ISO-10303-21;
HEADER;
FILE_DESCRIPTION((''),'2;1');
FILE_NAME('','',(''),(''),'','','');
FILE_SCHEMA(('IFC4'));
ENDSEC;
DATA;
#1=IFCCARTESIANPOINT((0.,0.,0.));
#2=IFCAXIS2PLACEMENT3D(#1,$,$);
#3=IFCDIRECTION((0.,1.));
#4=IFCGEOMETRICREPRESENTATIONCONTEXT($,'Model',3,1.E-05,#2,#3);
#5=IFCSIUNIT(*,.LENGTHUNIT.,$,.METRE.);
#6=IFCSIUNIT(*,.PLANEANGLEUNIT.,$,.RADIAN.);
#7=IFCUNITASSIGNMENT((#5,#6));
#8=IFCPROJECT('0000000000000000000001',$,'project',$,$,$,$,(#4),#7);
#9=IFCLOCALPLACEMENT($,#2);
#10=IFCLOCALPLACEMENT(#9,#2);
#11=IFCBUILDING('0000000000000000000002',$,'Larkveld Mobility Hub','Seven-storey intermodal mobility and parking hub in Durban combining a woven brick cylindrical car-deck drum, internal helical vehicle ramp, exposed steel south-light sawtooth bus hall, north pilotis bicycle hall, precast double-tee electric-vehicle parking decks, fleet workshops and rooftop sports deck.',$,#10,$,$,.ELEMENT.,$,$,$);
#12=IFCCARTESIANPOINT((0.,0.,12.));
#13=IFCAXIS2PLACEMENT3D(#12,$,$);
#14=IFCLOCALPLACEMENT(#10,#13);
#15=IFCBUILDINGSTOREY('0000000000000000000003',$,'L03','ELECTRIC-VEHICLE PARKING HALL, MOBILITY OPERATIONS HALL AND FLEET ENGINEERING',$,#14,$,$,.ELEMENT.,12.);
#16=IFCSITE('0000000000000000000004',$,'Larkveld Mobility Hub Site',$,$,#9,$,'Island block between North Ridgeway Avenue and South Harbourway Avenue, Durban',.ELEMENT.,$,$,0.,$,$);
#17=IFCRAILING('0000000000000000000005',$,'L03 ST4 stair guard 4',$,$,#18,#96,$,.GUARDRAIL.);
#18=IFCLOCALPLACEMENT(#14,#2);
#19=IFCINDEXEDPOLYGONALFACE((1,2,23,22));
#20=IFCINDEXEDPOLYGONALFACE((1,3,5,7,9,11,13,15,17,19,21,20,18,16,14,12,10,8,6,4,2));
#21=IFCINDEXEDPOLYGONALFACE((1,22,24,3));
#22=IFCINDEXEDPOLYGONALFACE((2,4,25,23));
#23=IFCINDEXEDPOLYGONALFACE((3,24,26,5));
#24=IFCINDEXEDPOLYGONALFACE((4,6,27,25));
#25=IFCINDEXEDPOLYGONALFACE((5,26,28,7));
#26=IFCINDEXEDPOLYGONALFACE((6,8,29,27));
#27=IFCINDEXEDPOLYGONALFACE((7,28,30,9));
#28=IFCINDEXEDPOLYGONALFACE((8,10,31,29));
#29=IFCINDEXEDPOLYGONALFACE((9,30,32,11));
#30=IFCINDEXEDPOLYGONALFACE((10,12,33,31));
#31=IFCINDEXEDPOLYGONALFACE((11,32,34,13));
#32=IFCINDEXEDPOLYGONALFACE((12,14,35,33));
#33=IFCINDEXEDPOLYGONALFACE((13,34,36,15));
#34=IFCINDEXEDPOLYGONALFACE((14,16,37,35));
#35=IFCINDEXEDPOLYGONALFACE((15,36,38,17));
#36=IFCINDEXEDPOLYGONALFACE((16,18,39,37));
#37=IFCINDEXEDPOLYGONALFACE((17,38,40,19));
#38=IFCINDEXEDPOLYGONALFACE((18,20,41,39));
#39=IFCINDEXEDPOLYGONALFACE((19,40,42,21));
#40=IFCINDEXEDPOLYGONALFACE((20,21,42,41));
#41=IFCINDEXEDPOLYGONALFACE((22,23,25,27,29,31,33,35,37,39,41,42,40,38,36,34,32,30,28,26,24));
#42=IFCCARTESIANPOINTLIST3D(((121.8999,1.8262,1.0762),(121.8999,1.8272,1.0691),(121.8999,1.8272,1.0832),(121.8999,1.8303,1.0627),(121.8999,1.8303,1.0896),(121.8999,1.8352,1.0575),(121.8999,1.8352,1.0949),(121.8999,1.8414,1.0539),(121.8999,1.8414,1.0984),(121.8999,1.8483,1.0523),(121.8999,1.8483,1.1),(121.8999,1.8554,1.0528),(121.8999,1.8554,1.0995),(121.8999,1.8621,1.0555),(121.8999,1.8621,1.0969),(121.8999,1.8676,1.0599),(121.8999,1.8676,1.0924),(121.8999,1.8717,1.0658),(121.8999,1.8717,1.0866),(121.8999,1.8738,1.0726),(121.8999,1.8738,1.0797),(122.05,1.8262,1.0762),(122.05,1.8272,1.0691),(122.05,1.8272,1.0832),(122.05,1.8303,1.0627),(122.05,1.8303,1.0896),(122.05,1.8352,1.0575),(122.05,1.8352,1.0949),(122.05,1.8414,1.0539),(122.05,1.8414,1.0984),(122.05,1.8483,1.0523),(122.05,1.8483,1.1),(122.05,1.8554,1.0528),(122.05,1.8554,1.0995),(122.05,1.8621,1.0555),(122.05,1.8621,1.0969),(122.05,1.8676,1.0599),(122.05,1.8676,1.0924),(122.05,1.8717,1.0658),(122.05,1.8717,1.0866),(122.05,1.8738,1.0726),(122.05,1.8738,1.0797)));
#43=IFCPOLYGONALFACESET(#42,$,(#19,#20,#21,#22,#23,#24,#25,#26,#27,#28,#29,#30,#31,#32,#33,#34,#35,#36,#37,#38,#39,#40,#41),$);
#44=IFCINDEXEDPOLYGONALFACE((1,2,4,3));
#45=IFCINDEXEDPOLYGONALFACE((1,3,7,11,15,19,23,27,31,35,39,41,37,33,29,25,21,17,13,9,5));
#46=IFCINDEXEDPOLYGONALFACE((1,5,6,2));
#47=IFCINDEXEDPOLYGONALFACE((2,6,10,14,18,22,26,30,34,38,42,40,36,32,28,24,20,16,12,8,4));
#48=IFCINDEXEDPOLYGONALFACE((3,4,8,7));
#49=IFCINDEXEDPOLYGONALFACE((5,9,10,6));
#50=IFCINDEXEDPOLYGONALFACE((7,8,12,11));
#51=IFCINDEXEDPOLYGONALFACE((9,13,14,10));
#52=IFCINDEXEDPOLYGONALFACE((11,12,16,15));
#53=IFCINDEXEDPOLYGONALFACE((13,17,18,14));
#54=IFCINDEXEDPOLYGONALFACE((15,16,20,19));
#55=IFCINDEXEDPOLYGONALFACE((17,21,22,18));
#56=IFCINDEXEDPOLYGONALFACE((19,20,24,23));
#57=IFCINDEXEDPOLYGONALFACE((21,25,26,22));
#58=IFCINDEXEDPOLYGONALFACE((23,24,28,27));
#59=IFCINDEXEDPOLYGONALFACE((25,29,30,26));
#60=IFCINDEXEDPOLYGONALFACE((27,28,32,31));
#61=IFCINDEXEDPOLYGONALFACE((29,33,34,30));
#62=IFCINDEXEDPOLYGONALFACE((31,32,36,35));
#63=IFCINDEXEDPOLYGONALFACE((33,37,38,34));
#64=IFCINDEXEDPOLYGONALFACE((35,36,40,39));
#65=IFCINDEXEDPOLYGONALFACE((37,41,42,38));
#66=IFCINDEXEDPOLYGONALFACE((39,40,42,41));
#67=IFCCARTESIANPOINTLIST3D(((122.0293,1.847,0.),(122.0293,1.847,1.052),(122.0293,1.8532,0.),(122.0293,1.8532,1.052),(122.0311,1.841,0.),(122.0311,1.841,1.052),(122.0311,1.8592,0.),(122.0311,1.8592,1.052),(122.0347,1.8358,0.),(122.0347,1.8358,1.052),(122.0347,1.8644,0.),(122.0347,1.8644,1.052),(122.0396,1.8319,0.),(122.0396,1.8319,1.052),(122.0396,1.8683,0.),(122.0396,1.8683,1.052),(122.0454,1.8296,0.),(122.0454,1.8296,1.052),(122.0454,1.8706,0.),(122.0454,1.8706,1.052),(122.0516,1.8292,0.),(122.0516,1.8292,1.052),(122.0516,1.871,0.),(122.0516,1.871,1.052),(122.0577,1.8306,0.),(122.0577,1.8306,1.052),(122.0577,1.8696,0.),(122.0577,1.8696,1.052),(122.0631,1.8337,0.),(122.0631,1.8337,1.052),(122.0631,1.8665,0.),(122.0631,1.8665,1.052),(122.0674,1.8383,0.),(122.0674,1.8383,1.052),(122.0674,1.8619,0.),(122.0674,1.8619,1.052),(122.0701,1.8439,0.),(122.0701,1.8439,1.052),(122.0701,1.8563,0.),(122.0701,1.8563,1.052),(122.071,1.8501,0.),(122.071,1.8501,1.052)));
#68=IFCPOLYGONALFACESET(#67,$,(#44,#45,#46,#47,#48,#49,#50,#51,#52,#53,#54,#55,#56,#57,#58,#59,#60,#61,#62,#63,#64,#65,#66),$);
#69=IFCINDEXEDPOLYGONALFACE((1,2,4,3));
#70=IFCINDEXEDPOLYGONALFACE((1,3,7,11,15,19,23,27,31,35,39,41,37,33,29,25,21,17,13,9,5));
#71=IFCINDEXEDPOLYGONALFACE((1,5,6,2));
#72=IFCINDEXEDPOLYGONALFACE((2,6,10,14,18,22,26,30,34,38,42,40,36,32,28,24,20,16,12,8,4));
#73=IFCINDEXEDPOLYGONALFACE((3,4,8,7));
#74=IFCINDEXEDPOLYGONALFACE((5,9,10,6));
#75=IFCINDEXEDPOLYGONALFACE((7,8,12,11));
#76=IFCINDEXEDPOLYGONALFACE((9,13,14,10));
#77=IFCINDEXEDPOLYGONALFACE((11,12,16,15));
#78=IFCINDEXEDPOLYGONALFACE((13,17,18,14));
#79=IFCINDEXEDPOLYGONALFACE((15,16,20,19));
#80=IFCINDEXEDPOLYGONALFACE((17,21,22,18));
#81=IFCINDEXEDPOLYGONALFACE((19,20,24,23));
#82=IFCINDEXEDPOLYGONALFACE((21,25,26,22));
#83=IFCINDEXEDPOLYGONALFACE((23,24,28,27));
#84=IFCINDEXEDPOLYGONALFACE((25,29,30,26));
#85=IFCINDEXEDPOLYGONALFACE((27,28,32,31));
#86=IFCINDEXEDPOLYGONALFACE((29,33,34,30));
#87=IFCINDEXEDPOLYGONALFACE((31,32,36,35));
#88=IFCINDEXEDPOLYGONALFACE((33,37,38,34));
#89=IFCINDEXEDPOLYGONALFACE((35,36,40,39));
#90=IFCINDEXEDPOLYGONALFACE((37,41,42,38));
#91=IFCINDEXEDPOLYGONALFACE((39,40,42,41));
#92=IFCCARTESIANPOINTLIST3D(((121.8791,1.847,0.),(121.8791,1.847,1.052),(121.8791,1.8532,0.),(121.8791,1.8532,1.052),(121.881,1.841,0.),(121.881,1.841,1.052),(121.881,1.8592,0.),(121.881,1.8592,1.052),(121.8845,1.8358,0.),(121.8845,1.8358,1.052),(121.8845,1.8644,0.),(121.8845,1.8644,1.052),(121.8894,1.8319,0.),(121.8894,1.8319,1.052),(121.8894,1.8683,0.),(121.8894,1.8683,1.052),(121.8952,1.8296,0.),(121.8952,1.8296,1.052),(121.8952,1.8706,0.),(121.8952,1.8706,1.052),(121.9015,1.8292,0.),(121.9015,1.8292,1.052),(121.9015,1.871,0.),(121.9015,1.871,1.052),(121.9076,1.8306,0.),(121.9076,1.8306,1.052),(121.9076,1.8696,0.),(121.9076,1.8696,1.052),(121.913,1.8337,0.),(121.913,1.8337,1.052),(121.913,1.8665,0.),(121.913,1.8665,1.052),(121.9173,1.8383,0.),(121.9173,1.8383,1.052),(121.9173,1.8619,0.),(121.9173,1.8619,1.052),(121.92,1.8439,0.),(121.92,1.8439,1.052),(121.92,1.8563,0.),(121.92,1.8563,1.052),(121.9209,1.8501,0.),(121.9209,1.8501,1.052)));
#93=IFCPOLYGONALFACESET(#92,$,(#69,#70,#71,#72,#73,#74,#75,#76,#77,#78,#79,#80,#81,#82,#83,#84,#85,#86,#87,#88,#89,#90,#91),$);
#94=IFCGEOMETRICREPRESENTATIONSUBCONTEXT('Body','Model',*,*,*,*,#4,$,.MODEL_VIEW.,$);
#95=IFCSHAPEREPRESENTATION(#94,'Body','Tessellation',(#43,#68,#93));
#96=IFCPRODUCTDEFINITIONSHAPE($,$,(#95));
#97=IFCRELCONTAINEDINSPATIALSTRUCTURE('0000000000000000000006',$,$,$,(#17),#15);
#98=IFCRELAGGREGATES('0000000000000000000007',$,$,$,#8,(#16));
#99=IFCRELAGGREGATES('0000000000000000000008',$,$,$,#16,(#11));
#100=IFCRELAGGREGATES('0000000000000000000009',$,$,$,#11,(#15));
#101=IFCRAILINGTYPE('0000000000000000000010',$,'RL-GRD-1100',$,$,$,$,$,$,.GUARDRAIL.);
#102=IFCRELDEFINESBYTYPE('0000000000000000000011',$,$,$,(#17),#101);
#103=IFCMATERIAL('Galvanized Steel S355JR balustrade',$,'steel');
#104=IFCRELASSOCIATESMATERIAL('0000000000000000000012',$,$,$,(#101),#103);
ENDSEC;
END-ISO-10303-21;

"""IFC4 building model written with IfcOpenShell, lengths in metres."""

from ifc_helpers import new_model, si_unit, direction, frame, origin, origin_2d, place, context, subcontext, project, spatial, circle, extrude, material, type_object, element, save


model = new_model("IFC4")

# Units and contexts
model_context = context("Model", 3, precision=1e-05, world=origin(), true_north=direction((0.0, 1.0)))
body_context = subcontext(model_context, "Body", "Model", "MODEL_VIEW")
ifc_project = project(units=[si_unit("LENGTHUNIT", "METRE"), si_unit("PLANEANGLEUNIT", "RADIAN")], contexts=[model_context])

# Site, building, storey
site_placement = place(None, origin())
site = spatial("IfcSite", under=ifc_project, at=site_placement, Name="Larkveld Mobility Hub Site", LongName="Island block between North Ridgeway Avenue and South Harbourway Avenue, Durban", CompositionType="ELEMENT", RefElevation=0.0)
building_placement = place(site_placement, origin())
building = spatial("IfcBuilding", under=site, at=building_placement, Name="Larkveld Mobility Hub", Description="Seven-storey intermodal mobility and parking hub in Durban combining a woven brick cylindrical car-deck drum, internal helical vehicle ramp, exposed steel south-light sawtooth bus hall, north pilotis bicycle hall, precast double-tee electric-vehicle parking decks, fleet workshops and rooftop sports deck.", CompositionType="ELEMENT")
storey_placement = place(building_placement, frame((0.0, 0.0, 12.0)))
storey = spatial("IfcBuildingStorey", under=building, at=storey_placement, Name="L03", Description="ELECTRIC-VEHICLE PARKING HALL, MOBILITY OPERATIONS HALL AND FLEET ENGINEERING", CompositionType="ELEMENT", Elevation=12.0)

# Railing
ifc_material_1 = material(Name="Galvanized Steel S355JR balustrade", Category="steel")
railing_type_1 = type_object("IfcRailingType", Name="RL-GRD-1100", PredefinedType="GUARDRAIL", material=ifc_material_1)
railing_1_placement = place(storey_placement, frame((122.05, 1.8501, 0.0)))
element("IfcRailing", 1, at=railing_1_placement, inside=storey, type_object=railing_type_1, Name="L03 ST4 stair guard 4", PredefinedType="GUARDRAIL", context=body_context, shape_type="SweptSolid", body=[
    extrude(circle(Radius=0.0239, at=origin_2d()), frame((0.0, 0.0, 1.0762), z_axis=(-1.0, 0.0, 0.0), x_axis=(0.0, -1.0, 0.0)), (0.0, 0.0, 1.0), 0.1501),
    extrude(circle(Radius=0.021, at=origin_2d()), origin(), (0.0, 0.0, 1.0), 1.052),
    extrude(circle(Radius=0.021, at=origin_2d()), frame((-0.1501, 0.0, 0.0)), (0.0, 0.0, 1.0), 1.052),
])

save(model, "model.ifc")
